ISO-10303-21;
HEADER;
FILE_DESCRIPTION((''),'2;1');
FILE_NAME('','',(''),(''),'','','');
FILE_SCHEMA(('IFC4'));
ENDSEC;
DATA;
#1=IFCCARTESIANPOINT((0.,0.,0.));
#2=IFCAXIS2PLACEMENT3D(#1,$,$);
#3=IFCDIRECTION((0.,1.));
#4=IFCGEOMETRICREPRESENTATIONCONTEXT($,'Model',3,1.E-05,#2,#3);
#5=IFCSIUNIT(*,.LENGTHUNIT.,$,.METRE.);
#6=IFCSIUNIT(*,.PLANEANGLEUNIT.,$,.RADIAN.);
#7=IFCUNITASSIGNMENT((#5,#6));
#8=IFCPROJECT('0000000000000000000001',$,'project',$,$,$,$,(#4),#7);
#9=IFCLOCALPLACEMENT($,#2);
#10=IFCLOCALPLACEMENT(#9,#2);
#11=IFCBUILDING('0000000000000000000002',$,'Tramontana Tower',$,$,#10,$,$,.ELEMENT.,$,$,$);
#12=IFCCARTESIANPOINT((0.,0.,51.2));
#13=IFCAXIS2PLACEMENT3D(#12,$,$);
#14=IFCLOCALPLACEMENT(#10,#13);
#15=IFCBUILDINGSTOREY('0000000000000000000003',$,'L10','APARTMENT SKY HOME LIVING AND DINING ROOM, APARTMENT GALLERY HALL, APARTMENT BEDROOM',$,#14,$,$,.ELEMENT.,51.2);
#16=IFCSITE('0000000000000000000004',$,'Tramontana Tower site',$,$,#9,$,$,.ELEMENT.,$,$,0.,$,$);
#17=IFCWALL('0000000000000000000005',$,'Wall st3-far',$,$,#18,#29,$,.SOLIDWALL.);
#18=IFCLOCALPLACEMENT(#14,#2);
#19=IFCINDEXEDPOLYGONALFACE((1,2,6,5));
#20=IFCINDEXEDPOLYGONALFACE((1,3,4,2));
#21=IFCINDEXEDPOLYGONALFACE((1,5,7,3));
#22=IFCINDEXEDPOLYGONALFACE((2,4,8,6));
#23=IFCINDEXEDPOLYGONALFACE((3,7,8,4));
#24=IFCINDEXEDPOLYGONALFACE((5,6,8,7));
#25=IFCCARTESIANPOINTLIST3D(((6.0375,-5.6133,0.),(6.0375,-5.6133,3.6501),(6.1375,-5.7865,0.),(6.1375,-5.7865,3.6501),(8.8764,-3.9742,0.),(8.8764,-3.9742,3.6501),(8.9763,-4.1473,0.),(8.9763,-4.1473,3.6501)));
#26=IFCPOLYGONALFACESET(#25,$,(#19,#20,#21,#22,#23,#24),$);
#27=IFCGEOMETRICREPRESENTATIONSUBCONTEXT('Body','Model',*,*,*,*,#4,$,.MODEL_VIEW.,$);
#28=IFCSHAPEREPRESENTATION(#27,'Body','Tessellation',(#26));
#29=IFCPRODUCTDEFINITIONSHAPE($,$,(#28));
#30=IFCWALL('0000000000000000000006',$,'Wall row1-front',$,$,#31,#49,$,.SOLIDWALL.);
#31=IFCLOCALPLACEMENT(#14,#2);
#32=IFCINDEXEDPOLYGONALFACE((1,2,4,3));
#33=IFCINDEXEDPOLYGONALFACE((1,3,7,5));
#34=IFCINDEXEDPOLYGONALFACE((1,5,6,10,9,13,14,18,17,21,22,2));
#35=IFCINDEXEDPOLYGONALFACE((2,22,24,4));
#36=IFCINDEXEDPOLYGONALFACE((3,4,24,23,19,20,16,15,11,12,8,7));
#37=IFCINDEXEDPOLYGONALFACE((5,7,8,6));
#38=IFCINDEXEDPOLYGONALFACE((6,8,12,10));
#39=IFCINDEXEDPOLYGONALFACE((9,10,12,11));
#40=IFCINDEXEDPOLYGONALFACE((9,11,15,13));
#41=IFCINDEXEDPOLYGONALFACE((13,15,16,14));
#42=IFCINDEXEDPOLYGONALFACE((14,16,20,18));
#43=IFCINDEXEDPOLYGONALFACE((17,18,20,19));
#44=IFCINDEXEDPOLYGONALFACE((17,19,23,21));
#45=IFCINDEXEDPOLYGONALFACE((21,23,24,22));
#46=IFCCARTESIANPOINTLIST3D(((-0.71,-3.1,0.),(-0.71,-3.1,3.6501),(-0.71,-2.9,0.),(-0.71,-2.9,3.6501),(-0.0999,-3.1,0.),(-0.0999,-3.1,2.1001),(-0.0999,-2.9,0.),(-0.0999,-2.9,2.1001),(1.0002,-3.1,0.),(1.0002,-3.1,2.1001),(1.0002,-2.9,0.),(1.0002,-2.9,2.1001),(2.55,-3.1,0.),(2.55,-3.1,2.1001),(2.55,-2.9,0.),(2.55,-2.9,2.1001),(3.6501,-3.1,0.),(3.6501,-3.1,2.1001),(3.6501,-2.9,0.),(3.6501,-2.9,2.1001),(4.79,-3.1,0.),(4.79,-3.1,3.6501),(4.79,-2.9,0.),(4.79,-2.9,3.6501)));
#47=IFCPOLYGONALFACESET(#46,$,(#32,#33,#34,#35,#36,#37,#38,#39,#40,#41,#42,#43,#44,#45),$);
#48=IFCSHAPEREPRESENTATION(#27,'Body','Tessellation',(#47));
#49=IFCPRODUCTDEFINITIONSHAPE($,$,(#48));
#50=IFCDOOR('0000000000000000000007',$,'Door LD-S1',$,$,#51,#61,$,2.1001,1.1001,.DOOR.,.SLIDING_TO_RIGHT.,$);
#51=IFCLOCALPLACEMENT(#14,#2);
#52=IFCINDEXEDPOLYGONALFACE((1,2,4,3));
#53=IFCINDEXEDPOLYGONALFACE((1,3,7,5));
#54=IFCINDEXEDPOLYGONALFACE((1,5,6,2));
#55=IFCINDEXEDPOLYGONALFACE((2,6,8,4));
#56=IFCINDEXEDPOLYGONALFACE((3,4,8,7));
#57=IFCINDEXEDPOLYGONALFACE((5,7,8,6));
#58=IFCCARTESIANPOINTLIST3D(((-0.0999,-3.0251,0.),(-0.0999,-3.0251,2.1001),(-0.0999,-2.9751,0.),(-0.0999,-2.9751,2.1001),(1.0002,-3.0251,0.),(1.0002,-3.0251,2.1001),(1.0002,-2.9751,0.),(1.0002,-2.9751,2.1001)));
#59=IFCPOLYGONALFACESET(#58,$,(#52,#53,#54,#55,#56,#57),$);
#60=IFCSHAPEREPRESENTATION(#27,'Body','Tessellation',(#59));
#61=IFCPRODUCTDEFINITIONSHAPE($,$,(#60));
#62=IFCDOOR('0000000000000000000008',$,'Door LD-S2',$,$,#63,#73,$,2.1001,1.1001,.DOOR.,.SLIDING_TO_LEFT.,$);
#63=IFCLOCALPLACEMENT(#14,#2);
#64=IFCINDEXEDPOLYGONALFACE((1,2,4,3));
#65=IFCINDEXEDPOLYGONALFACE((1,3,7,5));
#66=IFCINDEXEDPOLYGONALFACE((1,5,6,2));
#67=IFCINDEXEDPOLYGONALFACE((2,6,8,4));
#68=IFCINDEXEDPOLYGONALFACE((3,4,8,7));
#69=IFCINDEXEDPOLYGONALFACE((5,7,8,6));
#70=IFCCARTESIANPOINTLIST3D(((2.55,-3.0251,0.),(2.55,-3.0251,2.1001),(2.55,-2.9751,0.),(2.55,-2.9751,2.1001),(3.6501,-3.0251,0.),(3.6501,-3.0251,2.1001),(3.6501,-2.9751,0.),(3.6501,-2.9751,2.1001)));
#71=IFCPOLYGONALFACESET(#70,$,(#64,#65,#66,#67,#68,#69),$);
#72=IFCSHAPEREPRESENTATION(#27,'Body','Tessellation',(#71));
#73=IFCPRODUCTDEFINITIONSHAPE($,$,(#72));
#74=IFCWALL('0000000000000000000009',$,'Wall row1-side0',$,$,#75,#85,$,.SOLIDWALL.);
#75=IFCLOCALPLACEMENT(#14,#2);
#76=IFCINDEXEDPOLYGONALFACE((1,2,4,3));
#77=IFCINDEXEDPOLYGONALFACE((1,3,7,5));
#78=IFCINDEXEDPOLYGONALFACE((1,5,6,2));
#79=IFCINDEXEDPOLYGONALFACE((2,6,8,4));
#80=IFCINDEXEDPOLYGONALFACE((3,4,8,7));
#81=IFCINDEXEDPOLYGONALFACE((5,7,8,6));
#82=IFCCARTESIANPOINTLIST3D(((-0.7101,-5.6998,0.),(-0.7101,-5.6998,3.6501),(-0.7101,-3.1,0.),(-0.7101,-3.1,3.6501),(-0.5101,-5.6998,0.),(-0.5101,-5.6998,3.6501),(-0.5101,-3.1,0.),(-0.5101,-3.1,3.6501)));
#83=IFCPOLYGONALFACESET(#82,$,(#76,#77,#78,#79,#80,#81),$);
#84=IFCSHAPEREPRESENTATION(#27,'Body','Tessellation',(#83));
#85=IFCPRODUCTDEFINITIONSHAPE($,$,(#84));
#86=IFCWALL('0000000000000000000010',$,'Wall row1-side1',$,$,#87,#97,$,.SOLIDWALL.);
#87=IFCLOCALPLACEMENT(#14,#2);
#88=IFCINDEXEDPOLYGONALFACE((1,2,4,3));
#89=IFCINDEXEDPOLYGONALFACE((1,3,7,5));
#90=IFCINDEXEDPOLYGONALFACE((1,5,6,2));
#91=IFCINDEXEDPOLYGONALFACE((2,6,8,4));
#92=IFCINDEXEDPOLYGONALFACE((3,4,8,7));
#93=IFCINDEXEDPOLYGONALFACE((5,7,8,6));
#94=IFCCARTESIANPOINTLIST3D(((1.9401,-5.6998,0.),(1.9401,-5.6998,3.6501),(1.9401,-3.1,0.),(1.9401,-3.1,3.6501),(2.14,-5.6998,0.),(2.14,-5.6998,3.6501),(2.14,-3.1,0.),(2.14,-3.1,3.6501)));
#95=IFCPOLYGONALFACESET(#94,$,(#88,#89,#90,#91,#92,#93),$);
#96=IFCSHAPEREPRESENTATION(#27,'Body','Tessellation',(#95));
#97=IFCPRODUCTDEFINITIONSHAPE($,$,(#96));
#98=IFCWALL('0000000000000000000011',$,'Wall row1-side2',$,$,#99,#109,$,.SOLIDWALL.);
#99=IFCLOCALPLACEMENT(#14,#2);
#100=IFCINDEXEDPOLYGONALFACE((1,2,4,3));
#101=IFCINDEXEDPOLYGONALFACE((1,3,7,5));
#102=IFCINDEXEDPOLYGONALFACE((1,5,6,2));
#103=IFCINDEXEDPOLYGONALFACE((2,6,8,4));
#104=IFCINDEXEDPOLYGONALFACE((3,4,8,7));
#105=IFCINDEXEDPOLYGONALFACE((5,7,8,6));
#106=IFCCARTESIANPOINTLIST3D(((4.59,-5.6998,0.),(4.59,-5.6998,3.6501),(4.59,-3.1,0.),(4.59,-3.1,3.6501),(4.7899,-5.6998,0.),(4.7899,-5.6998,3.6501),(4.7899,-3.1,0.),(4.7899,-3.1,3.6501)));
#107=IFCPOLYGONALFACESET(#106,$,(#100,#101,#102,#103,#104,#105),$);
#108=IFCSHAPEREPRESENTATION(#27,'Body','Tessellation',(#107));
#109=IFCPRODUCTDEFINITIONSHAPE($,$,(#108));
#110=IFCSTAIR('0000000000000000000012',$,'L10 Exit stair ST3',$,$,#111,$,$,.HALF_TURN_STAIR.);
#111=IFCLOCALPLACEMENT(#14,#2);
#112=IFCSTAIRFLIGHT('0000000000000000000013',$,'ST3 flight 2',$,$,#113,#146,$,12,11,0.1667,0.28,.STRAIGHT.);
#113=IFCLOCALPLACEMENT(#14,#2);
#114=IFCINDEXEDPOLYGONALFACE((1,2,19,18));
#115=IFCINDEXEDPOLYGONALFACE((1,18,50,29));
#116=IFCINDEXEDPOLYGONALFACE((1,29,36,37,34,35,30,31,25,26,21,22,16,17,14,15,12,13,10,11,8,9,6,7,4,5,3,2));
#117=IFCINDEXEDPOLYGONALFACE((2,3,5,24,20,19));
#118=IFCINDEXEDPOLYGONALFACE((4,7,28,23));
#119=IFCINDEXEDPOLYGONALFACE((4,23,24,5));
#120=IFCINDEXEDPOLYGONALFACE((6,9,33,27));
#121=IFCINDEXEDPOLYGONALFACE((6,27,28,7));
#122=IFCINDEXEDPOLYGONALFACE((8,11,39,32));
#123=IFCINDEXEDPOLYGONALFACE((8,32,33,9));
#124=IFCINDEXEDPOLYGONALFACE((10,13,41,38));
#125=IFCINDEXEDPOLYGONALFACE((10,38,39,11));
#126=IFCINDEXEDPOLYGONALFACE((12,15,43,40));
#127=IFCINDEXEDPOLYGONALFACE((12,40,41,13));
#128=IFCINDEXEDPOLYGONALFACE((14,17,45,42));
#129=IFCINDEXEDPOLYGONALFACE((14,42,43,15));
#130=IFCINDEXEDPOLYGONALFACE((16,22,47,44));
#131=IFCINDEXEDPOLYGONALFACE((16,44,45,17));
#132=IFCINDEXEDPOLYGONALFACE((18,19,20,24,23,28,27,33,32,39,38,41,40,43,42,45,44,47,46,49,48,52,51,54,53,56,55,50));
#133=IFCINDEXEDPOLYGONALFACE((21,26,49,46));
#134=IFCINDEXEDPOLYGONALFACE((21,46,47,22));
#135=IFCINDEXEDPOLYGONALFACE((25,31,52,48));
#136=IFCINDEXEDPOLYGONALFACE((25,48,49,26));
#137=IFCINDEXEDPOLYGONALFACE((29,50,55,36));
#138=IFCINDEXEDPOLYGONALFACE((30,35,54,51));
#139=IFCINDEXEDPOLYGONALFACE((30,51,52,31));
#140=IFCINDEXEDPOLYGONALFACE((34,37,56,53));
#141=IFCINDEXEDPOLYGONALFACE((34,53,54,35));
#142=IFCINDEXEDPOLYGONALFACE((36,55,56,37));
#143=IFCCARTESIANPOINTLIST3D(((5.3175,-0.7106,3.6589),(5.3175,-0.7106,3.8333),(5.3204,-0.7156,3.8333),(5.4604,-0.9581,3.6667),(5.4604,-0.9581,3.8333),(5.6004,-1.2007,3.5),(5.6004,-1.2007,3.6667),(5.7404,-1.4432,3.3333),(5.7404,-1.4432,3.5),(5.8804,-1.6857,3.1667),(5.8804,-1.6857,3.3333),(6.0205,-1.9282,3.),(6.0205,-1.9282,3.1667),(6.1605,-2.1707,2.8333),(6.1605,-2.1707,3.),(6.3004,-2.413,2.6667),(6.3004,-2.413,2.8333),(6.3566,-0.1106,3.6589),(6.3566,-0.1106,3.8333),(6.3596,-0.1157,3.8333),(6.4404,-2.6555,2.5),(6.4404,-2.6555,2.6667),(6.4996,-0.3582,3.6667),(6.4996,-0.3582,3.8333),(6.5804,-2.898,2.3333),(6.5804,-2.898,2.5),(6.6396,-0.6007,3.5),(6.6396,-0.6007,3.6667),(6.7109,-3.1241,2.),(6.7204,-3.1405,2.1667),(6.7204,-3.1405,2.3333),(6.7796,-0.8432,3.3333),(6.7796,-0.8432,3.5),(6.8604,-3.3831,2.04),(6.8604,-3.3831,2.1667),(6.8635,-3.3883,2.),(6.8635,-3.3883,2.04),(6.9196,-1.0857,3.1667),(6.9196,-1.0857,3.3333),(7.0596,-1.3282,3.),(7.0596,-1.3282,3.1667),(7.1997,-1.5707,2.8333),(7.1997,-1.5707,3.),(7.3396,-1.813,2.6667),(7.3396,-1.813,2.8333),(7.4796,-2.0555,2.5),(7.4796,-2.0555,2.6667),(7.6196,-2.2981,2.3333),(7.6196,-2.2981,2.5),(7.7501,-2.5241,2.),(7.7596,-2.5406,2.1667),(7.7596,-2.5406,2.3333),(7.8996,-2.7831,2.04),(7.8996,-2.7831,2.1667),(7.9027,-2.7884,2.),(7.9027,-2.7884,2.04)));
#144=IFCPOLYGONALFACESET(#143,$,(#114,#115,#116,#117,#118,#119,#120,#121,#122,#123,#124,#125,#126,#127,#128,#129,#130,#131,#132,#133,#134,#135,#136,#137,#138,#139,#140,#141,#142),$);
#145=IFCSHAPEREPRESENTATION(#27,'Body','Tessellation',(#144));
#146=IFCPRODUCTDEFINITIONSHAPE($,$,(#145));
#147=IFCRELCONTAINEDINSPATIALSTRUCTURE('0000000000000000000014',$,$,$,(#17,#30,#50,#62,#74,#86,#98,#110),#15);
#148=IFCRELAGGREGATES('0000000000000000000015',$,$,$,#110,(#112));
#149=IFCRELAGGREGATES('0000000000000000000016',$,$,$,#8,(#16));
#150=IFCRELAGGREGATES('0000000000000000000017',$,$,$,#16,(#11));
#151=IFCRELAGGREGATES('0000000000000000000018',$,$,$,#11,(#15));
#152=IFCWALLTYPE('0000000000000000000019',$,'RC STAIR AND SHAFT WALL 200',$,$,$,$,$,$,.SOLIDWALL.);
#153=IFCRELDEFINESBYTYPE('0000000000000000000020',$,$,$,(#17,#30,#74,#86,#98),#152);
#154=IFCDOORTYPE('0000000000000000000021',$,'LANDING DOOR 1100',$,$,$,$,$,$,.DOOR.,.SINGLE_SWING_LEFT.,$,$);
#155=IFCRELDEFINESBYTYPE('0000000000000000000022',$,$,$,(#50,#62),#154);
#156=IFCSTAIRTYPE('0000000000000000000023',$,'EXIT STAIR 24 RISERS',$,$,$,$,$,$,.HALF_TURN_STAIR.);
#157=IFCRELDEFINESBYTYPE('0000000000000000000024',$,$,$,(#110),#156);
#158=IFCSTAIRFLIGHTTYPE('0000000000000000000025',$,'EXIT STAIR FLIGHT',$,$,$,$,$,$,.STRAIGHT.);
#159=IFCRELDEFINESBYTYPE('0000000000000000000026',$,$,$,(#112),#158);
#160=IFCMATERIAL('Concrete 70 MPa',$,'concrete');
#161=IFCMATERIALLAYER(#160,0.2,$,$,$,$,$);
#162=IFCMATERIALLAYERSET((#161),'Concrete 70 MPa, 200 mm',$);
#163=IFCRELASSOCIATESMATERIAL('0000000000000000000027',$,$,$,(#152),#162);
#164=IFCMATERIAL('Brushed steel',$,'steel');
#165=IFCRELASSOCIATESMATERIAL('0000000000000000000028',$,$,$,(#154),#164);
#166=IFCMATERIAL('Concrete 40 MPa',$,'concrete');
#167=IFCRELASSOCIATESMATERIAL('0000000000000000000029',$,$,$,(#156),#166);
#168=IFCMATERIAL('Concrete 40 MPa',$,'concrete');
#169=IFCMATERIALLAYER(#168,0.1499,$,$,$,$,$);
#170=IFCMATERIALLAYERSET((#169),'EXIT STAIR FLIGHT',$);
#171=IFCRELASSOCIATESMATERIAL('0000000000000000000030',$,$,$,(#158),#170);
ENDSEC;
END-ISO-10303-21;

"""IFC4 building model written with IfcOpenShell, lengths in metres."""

from ifc_helpers import new_model, si_unit, direction, frame, frame_2d, origin, place, context, subcontext, project, spatial, polyline, rectangle, outline, extrude, material, layer, layer_set, type_object, element, fill, aggregate, save


model = new_model("IFC4")

# Units and contexts
model_context = context("Model", 3, precision=1e-05, world=origin(), true_north=direction((0.0, 1.0)))
body_context = subcontext(model_context, "Body", "Model", "MODEL_VIEW")
ifc_project = project(units=[si_unit("LENGTHUNIT", "METRE"), si_unit("PLANEANGLEUNIT", "RADIAN")], contexts=[model_context])

# Site, building, storey
site_placement = place(None, origin())
site = spatial("IfcSite", under=ifc_project, at=site_placement, Name="Tramontana Tower site", CompositionType="ELEMENT", RefElevation=0.0)
building_placement = place(site_placement, origin())
building = spatial("IfcBuilding", under=site, at=building_placement, Name="Tramontana Tower", CompositionType="ELEMENT")
storey_placement = place(building_placement, frame((0.0, 0.0, 51.2)))
storey = spatial("IfcBuildingStorey", under=building, at=storey_placement, Name="L10", Description="APARTMENT SKY HOME LIVING AND DINING ROOM, APARTMENT GALLERY HALL, APARTMENT BEDROOM", CompositionType="ELEMENT", Elevation=51.2)

# Wall
ifc_material_1 = material(Name="Concrete 70 MPa", Category="concrete")
ifc_layer_1 = layer(ifc_material_1, 0.2)
ifc_layer_set_1 = layer_set([ifc_layer_1], Name="Concrete 70 MPa, 200 mm")
wall_type_1 = type_object("IfcWallType", Name="RC STAIR AND SHAFT WALL 200", PredefinedType="SOLIDWALL", material=ifc_layer_set_1)
wall_1_placement = place(storey_placement, frame((6.0874, -5.7, 0.0), z_axis=(0.0, 0.0, 1.0), x_axis=(0.866007, 0.500032, 0.0)))
element("IfcWall", 1, at=wall_1_placement, inside=storey, type_object=wall_type_1, Name="Wall st3-far", PredefinedType="SOLIDWALL", context=body_context, shape_type="SweptSolid", body=[
    extrude(rectangle(XDim=3.2781, YDim=0.2, at=frame_2d((1.6392, 0.0))), origin(), (0.0, 0.0, 1.0), 3.6501),
])

# Wall, openings, doors
wall_2_placement = place(storey_placement, frame((-0.71, -3.0, 0.0), z_axis=(0.0, 0.0, 1.0), x_axis=(1.0, 0.0, 0.0)))
wall_2 = element("IfcWall", 2, at=wall_2_placement, inside=storey, type_object=wall_type_1, Name="Wall row1-front", PredefinedType="SOLIDWALL", context=body_context, shape_type="SweptSolid", body=[
    extrude(rectangle(XDim=5.5, YDim=0.2, at=frame_2d((2.75, 0.0))), origin(), (0.0, 0.0, 1.0), 3.6501),
])
opening_1_placement = place(wall_2_placement, frame((0.6101, 0.0, 0.0)))
opening_1 = element("IfcOpeningElement", 3, at=opening_1_placement, cuts=wall_2, PredefinedType="OPENING", context=body_context, shape_type="SweptSolid", body=[
    extrude(rectangle(XDim=1.1001, YDim=2.1001, at=frame_2d((0.55, 1.05))), frame((0.0, 0.1099, 0.0), z_axis=(0.0, -1.0, 0.0), x_axis=(1.0, 0.0, 0.0)), (0.0, 0.0, 1.0), 0.22),
])
opening_2_placement = place(wall_2_placement, frame((3.26, 0.0, 0.0)))
opening_2 = element("IfcOpeningElement", 4, at=opening_2_placement, cuts=wall_2, PredefinedType="OPENING", context=body_context, shape_type="SweptSolid", body=[
    extrude(rectangle(XDim=1.1001, YDim=2.1001, at=frame_2d((0.55, 1.05))), frame((0.0, 0.1099, 0.0), z_axis=(0.0, -1.0, 0.0), x_axis=(1.0, 0.0, 0.0)), (0.0, 0.0, 1.0), 0.22),
])
ifc_material_2 = material(Name="Brushed steel", Category="steel")
door_type_1 = type_object("IfcDoorType", Name="LANDING DOOR 1100", OperationType="SINGLE_SWING_LEFT", PredefinedType="DOOR", material=ifc_material_2)
door_1_placement = place(opening_1_placement, origin())
door_1 = element("IfcDoor", 5, at=door_1_placement, inside=storey, type_object=door_type_1, Name="Door LD-S1", OperationType="SLIDING_TO_RIGHT", OverallHeight=2.1001, OverallWidth=1.1001, PredefinedType="DOOR", context=body_context, shape_type="SweptSolid", body=[
    extrude(rectangle(XDim=1.1001, YDim=2.1001, at=frame_2d((0.55, 1.05))), frame((0.0, 0.0249, 0.0), z_axis=(0.0, -1.0, 0.0), x_axis=(1.0, 0.0, 0.0)), (0.0, 0.0, 1.0), 0.05),
])
fill(opening_1, door_1)
door_2_placement = place(opening_2_placement, origin())
door_2 = element("IfcDoor", 6, at=door_2_placement, inside=storey, type_object=door_type_1, Name="Door LD-S2", OperationType="SLIDING_TO_LEFT", OverallHeight=2.1001, OverallWidth=1.1001, PredefinedType="DOOR", context=body_context, shape_type="SweptSolid", body=[
    extrude(rectangle(XDim=1.1001, YDim=2.1001, at=frame_2d((0.55, 1.05))), frame((0.0, 0.0249, 0.0), z_axis=(0.0, -1.0, 0.0), x_axis=(1.0, 0.0, 0.0)), (0.0, 0.0, 1.0), 0.05),
])
fill(opening_2, door_2)

# Walls
for number, where, z_axis, x_axis, name in (
    (7, (-0.6101, -3.1001, 0.0), (0.0, 0.0, 1.0), (0.0, -1.0, 0.0), "Wall row1-side0"),
    (8, (2.04, -3.1001, 0.0), (0.0, 0.0, 1.0), (0.0, -1.0, 0.0), "Wall row1-side1"),
    (9, (4.6899, -3.1001, 0.0), (0.0, 0.0, 1.0), (0.0, -1.0, 0.0), "Wall row1-side2"),
):
    element("IfcWall", number, at=place(storey_placement, frame(where, z_axis=z_axis, x_axis=x_axis)), inside=storey, type_object=wall_type_1, Name=name, PredefinedType="SOLIDWALL", context=body_context, shape_type="SweptSolid", body=[
        extrude(rectangle(XDim=2.5999, YDim=0.2, at=frame_2d((1.2998, 0.0))), origin(), (0.0, 0.0, 1.0), 3.6501),
    ])

# Stair, stair flight
ifc_material_3 = material(Name="Concrete 40 MPa", Category="concrete")
stair_type = type_object("IfcStairType", Name="EXIT STAIR 24 RISERS", PredefinedType="HALF_TURN_STAIR", material=ifc_material_3)
stair_placement = place(storey_placement, origin())
stair = element("IfcStair", 10, at=stair_placement, inside=storey, type_object=stair_type, Name="L10 Exit stair ST3", PredefinedType="HALF_TURN_STAIR")
ifc_material_4 = material(Name="Concrete 40 MPa", Category="concrete")
ifc_layer_2 = layer(ifc_material_4, 0.1499)
ifc_layer_set_2 = layer_set([ifc_layer_2], Name="EXIT STAIR FLIGHT")
stair_flight_type = type_object("IfcStairFlightType", Name="EXIT STAIR FLIGHT", PredefinedType="STRAIGHT", material=ifc_layer_set_2)
stair_flight_placement = place(storey_placement, frame((7.3801, -3.083, 2.0), z_axis=(0.0, 0.0, 1.0), x_axis=(-0.5, 0.866025, 0.0)))
stair_flight = element("IfcStairFlight", 11, at=stair_flight_placement, type_object=stair_flight_type, Name="ST3 flight 2", NumberOfRisers=12, NumberOfTreads=11, PredefinedType="STRAIGHT", RiserHeight=0.1667, TreadLength=0.28, context=body_context, shape_type="SweptSolid", body=[
    extrude(outline(polyline([(-0.0061, 0.0), (-0.0061, 0.04), (0.0, 0.04), (0.0, 0.1667), (0.28, 0.1667), (0.28, 0.3333), (0.5601, 0.3333), (0.5601, 0.5), (0.8401, 0.5), (0.8401, 0.6667), (1.1201, 0.6667), (1.1201, 0.8333), (1.3999, 0.8333), (1.3999, 1.0), (1.6799, 1.0), (1.6799, 1.1667), (1.96, 1.1667), (1.96, 1.3333), (2.24, 1.3333), (2.24, 1.5), (2.52, 1.5), (2.52, 1.6667), (2.8, 1.6667), (2.8, 1.8333), (3.0801, 1.8333), (3.0859, 1.8333), (3.0859, 1.6589), (0.2991, 0.0), (-0.0061, 0.0)])), frame((0.0, 0.6001, 0.0), z_axis=(0.0, -1.0, 0.0), x_axis=(1.0, 0.0, 0.0)), (0.0, 0.0, 1.0), 1.2),
])
aggregate(stair, [stair_flight])

save(model, "model.ifc")
